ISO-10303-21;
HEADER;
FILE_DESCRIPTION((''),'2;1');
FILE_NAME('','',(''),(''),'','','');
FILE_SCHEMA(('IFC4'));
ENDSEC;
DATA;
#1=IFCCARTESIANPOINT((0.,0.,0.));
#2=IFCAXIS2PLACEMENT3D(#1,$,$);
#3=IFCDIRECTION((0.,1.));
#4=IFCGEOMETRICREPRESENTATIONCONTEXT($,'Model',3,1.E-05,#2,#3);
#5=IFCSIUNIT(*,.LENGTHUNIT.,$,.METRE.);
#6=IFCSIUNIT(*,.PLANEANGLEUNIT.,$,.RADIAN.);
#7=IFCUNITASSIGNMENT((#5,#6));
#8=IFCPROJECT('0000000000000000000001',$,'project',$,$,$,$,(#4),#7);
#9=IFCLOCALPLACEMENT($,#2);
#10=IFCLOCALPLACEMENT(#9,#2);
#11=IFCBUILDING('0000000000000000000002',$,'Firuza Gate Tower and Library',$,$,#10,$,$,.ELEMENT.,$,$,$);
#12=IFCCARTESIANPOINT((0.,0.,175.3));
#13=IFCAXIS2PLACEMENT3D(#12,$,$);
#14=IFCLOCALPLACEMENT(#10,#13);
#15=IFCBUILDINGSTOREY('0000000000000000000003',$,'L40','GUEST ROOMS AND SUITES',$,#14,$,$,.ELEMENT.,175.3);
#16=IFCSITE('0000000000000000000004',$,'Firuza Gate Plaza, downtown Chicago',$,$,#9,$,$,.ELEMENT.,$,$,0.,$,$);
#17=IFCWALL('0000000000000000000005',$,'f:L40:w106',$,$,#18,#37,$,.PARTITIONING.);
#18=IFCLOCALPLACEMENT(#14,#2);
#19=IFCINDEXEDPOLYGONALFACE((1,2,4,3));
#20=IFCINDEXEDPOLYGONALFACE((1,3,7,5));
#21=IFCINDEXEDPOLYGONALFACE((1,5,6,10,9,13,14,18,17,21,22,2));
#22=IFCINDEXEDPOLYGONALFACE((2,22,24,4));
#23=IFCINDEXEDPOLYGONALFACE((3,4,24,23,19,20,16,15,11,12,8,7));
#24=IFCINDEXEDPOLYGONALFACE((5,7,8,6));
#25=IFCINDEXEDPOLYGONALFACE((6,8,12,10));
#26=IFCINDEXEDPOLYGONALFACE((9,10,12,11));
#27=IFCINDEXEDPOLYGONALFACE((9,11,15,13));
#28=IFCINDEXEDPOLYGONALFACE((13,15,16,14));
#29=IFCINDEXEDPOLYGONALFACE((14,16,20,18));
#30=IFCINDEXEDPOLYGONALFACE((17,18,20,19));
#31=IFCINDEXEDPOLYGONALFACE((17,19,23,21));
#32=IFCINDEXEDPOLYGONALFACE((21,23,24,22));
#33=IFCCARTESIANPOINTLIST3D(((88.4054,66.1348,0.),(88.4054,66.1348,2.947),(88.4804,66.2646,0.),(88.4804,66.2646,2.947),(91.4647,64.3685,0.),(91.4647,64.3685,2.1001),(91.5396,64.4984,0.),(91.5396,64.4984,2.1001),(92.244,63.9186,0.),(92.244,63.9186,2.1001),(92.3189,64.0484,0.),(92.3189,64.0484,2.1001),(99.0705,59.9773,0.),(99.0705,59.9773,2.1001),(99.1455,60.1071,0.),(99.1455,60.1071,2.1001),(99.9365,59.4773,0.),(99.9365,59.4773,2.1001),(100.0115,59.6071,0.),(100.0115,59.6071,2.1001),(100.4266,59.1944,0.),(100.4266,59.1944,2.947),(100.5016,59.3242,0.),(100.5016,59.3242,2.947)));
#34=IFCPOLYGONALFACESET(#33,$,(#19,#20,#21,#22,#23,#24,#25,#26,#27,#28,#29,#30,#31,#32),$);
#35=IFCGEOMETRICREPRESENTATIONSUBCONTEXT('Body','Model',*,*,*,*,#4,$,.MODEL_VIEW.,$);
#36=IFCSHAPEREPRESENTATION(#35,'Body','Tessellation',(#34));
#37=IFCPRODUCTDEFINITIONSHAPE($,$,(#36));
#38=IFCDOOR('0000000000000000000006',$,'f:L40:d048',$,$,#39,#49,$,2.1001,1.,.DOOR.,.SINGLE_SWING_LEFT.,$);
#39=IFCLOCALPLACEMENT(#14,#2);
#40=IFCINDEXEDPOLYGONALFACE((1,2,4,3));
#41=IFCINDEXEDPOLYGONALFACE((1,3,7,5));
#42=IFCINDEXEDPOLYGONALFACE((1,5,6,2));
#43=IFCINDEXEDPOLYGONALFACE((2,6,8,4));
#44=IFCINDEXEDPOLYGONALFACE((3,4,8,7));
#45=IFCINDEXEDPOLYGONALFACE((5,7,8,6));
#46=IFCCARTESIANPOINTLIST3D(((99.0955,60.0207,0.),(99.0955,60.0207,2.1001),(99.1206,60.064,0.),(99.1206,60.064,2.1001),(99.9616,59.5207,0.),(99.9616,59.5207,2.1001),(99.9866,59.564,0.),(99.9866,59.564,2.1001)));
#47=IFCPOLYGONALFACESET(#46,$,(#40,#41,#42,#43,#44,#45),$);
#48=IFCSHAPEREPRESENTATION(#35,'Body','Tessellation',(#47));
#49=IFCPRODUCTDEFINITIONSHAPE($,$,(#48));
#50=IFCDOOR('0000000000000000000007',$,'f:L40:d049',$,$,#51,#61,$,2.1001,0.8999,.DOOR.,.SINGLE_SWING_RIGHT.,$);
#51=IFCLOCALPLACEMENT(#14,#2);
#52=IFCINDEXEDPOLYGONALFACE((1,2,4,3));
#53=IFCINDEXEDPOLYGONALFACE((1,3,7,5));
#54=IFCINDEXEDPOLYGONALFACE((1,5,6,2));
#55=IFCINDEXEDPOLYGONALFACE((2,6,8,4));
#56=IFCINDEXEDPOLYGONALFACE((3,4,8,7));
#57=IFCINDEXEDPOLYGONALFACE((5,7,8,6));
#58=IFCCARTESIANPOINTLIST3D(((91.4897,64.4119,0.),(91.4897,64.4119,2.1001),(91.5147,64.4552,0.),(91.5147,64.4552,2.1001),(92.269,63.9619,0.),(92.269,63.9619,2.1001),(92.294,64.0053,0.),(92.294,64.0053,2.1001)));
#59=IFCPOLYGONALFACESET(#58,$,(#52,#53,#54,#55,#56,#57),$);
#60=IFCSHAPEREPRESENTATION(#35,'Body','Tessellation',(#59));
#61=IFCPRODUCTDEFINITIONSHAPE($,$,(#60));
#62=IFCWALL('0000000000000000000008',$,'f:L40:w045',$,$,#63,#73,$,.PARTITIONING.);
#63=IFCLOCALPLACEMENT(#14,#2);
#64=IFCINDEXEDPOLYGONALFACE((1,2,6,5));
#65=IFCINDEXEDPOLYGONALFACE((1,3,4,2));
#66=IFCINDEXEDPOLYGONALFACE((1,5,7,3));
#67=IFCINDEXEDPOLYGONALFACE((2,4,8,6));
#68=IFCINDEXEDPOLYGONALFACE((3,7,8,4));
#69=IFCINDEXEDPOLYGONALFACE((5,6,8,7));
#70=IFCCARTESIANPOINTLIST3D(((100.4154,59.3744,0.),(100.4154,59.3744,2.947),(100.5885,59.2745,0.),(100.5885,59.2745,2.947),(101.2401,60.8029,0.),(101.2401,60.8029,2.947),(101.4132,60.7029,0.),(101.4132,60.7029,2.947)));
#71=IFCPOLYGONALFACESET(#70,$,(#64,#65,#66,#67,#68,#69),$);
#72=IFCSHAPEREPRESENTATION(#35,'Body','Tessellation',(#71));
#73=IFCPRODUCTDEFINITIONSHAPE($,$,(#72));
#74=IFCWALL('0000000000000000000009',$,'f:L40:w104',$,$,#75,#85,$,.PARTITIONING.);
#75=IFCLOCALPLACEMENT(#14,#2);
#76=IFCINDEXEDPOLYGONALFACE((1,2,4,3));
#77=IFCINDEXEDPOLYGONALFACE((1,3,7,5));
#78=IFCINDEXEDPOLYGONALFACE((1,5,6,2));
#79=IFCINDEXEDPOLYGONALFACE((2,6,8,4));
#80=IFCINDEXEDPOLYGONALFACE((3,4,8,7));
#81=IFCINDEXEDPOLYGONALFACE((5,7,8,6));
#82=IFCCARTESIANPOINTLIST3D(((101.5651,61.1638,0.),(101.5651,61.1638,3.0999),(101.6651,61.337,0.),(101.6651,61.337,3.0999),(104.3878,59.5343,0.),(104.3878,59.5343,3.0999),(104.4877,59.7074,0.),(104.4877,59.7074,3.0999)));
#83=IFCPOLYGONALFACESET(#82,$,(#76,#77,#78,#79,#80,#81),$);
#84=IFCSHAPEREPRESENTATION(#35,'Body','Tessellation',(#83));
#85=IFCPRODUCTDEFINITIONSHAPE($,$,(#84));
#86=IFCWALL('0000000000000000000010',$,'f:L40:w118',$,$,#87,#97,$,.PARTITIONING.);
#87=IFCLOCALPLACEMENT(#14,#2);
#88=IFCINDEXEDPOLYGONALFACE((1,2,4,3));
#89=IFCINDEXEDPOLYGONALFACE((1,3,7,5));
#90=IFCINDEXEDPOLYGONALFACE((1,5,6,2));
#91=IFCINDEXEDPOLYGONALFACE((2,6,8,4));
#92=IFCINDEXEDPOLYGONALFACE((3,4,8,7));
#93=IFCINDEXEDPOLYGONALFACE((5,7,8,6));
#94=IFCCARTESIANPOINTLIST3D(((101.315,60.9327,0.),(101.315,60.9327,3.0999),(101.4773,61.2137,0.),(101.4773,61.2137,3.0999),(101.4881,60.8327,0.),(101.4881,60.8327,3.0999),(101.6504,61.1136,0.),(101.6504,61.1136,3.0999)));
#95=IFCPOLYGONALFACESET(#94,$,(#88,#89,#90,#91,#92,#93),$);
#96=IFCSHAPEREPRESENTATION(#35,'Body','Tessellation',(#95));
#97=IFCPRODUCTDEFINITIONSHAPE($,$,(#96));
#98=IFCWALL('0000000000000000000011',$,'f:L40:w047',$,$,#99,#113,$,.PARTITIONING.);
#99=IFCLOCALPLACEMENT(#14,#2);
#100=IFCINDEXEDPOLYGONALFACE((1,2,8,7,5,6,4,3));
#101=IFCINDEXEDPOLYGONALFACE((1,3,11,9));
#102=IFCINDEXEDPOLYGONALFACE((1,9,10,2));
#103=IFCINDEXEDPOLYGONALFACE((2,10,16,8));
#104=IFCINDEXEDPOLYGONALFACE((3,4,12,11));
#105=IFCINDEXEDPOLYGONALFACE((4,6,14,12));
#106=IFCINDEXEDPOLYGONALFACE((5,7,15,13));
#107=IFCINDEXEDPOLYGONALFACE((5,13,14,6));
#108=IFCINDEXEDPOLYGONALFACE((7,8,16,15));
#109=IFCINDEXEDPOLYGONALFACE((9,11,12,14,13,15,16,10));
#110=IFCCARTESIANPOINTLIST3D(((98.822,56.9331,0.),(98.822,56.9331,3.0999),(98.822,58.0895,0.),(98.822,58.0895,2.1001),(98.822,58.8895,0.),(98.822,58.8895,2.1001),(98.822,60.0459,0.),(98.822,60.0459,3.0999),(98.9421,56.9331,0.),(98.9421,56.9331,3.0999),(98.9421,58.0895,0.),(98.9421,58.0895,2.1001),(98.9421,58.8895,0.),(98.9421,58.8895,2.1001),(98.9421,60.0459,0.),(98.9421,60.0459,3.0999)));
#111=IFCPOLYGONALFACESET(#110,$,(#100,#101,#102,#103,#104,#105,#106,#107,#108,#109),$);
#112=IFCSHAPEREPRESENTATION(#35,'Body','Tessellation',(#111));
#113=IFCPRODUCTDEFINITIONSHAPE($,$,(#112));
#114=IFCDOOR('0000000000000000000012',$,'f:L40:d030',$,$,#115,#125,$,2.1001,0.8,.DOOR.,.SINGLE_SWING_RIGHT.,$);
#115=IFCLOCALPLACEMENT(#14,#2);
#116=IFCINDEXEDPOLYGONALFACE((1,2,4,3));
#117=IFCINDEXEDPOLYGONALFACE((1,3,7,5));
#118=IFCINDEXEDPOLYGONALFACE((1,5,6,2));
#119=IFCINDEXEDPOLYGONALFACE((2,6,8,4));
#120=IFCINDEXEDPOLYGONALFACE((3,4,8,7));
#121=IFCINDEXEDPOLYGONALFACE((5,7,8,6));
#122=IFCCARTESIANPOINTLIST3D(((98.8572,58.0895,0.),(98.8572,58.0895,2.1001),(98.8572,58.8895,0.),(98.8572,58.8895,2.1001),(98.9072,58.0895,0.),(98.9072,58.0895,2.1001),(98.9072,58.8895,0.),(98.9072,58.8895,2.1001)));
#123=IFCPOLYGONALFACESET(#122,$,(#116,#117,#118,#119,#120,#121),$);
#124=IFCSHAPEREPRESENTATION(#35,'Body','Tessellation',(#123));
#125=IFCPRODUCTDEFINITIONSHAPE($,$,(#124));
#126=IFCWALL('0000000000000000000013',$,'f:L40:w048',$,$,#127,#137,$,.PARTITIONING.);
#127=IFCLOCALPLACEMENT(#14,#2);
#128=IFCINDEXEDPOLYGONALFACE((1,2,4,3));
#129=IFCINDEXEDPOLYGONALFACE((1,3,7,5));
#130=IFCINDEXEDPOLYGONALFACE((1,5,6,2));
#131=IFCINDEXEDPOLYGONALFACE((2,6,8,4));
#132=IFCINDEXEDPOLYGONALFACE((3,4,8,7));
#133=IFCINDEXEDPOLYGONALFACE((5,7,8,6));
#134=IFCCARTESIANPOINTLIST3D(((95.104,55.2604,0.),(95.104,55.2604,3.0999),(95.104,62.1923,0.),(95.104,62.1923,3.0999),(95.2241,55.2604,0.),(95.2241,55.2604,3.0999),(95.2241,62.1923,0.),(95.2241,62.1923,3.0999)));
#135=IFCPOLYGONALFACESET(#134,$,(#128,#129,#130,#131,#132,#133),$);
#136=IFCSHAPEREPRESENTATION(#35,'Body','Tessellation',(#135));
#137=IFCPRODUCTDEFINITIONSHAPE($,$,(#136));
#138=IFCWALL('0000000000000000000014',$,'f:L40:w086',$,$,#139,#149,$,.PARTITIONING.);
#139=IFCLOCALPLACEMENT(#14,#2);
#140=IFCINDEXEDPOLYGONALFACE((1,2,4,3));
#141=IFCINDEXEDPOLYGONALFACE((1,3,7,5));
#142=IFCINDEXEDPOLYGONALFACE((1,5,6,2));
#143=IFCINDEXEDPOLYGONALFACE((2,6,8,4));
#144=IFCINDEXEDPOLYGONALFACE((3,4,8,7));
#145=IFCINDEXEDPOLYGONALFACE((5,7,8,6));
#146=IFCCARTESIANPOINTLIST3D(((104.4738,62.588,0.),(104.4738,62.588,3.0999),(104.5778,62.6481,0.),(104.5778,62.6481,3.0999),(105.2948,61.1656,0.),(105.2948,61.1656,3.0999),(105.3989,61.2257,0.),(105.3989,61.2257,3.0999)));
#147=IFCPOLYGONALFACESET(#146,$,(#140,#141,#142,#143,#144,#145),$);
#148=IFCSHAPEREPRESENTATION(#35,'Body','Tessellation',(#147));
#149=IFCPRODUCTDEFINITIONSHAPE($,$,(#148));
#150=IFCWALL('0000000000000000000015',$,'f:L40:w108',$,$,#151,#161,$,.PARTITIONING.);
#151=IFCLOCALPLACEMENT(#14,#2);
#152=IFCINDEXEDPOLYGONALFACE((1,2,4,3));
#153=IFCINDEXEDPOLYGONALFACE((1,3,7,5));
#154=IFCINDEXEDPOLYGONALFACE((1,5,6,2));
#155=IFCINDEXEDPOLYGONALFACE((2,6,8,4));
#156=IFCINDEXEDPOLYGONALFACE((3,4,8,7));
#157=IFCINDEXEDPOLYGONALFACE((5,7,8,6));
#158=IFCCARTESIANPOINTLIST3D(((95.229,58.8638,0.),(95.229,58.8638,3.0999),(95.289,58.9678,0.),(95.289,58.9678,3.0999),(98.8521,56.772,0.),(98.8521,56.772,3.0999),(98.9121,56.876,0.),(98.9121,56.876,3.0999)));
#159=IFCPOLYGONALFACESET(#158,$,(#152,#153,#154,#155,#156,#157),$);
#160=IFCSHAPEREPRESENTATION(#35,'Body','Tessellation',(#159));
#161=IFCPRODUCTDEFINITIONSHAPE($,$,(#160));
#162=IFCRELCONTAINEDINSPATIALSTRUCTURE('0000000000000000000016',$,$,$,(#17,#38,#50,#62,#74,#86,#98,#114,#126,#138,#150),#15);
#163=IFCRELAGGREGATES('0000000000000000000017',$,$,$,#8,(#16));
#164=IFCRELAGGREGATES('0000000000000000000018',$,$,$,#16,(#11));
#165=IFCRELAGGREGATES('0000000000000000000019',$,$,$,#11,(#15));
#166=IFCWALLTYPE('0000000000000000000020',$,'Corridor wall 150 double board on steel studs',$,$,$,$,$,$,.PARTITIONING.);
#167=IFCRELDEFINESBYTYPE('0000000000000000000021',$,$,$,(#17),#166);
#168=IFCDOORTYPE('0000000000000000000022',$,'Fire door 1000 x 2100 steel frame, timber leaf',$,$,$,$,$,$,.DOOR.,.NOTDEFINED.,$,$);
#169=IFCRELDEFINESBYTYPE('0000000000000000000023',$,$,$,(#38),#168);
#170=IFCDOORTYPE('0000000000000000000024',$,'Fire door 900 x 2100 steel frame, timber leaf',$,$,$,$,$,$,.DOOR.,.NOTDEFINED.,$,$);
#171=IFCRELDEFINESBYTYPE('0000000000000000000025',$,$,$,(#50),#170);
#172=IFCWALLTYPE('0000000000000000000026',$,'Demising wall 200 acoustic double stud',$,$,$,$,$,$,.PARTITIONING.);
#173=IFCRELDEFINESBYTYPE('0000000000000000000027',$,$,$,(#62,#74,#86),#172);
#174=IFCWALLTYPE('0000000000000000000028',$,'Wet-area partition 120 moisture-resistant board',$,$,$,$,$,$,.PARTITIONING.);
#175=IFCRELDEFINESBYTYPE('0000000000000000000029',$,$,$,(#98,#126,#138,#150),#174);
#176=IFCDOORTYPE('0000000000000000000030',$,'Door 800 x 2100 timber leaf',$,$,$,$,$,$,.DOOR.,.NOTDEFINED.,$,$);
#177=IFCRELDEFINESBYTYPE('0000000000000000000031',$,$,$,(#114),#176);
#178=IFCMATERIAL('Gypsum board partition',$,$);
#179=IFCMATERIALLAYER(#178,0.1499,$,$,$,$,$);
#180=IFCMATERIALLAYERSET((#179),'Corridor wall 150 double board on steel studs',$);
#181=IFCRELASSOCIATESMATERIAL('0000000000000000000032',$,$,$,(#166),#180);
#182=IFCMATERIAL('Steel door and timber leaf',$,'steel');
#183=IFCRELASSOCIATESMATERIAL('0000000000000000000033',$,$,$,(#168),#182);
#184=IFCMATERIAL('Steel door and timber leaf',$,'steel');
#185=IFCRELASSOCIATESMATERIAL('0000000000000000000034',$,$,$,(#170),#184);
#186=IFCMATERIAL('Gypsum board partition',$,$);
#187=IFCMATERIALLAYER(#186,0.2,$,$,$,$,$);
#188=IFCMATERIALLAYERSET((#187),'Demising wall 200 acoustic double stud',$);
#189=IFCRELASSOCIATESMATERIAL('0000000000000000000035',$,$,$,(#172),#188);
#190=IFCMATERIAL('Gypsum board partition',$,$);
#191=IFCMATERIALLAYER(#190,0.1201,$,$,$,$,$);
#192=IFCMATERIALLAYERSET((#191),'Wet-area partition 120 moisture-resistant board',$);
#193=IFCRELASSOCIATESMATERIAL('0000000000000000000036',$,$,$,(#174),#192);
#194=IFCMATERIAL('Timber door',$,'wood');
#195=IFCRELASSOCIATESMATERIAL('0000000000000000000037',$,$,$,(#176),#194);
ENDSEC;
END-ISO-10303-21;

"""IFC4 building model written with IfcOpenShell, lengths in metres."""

from ifc_helpers import new_model, si_unit, direction, frame, frame_2d, origin, place, context, subcontext, project, spatial, rectangle, extrude, material, layer, layer_set, type_object, element, fill, save


model = new_model("IFC4")

# Units and contexts
model_context = context("Model", 3, precision=1e-05, world=origin(), true_north=direction((0.0, 1.0)))
body_context = subcontext(model_context, "Body", "Model", "MODEL_VIEW")
ifc_project = project(units=[si_unit("LENGTHUNIT", "METRE"), si_unit("PLANEANGLEUNIT", "RADIAN")], contexts=[model_context])

# Site, building, storey
site_placement = place(None, origin())
site = spatial("IfcSite", under=ifc_project, at=site_placement, Name="Firuza Gate Plaza, downtown Chicago", CompositionType="ELEMENT", RefElevation=0.0)
building_placement = place(site_placement, origin())
building = spatial("IfcBuilding", under=site, at=building_placement, Name="Firuza Gate Tower and Library", CompositionType="ELEMENT")
storey_placement = place(building_placement, frame((0.0, 0.0, 175.3)))
storey = spatial("IfcBuildingStorey", under=building, at=storey_placement, Name="L40", Description="GUEST ROOMS AND SUITES", CompositionType="ELEMENT", Elevation=175.3)

# Wall, openings, doors
ifc_material_1 = material(Name="Gypsum board partition")
ifc_layer_1 = layer(ifc_material_1, 0.1499)
ifc_layer_set_1 = layer_set([ifc_layer_1], Name="Corridor wall 150 double board on steel studs")
wall_type_1 = type_object("IfcWallType", Name="Corridor wall 150 double board on steel studs", PredefinedType="PARTITIONING", material=ifc_layer_set_1)
wall_1_placement = place(storey_placement, frame((100.4641, 59.2593, 0.0), z_axis=(0.0, 0.0, 1.0), x_axis=(-0.866027, 0.499998, 0.0)))
wall_1 = element("IfcWall", 1, at=wall_1_placement, inside=storey, type_object=wall_type_1, Name="f:L40:w106", PredefinedType="PARTITIONING", context=body_context, shape_type="SweptSolid", body=[
    extrude(rectangle(XDim=13.8809, YDim=0.1499, at=frame_2d((6.9404, 0.0))), origin(), (0.0, 0.0, 1.0), 2.947),
])
opening_1_placement = place(wall_1_placement, frame((0.5659, 0.0, 0.0)))
opening_1 = element("IfcOpeningElement", 2, at=opening_1_placement, cuts=wall_1, PredefinedType="OPENING", context=body_context, shape_type="SweptSolid", body=[
    extrude(rectangle(XDim=1.0, YDim=2.1001, at=frame_2d((0.5, 1.05))), frame((0.0, 0.085, 0.0), z_axis=(0.0, -1.0, 0.0), x_axis=(1.0, 0.0, 0.0)), (0.0, 0.0, 1.0), 0.1699),
])
opening_2_placement = place(wall_1_placement, frame((9.4485, 0.0, 0.0)))
opening_2 = element("IfcOpeningElement", 3, at=opening_2_placement, cuts=wall_1, PredefinedType="OPENING", context=body_context, shape_type="SweptSolid", body=[
    extrude(rectangle(XDim=0.8999, YDim=2.1001, at=frame_2d((0.45, 1.05))), frame((0.0, 0.085, 0.0), z_axis=(0.0, -1.0, 0.0), x_axis=(1.0, 0.0, 0.0)), (0.0, 0.0, 1.0), 0.1699),
])
ifc_material_2 = material(Name="Steel door and timber leaf", Category="steel")
door_type_1 = type_object("IfcDoorType", Name="Fire door 1000 x 2100 steel frame, timber leaf", OperationType="NOTDEFINED", PredefinedType="DOOR", material=ifc_material_2)
door_1_placement = place(opening_1_placement, origin())
door_1 = element("IfcDoor", 4, at=door_1_placement, inside=storey, type_object=door_type_1, Name="f:L40:d048", OperationType="SINGLE_SWING_LEFT", OverallHeight=2.1001, OverallWidth=1.0, PredefinedType="DOOR", context=body_context, shape_type="SweptSolid", body=[
    extrude(rectangle(XDim=1.0, YDim=2.1001, at=frame_2d((0.5, 1.05))), frame((0.0, 0.0249, 0.0), z_axis=(0.0, -1.0, 0.0), x_axis=(1.0, 0.0, 0.0)), (0.0, 0.0, 1.0), 0.05),
])
fill(opening_1, door_1)
ifc_material_3 = material(Name="Steel door and timber leaf", Category="steel")
door_type_2 = type_object("IfcDoorType", Name="Fire door 900 x 2100 steel frame, timber leaf", OperationType="NOTDEFINED", PredefinedType="DOOR", material=ifc_material_3)
door_2_placement = place(opening_2_placement, origin())
door_2 = element("IfcDoor", 5, at=door_2_placement, inside=storey, type_object=door_type_2, Name="f:L40:d049", OperationType="SINGLE_SWING_RIGHT", OverallHeight=2.1001, OverallWidth=0.8999, PredefinedType="DOOR", context=body_context, shape_type="SweptSolid", body=[
    extrude(rectangle(XDim=0.8999, YDim=2.1001, at=frame_2d((0.45, 1.05))), frame((0.0, 0.0249, 0.0), z_axis=(0.0, -1.0, 0.0), x_axis=(1.0, 0.0, 0.0)), (0.0, 0.0, 1.0), 0.05),
])
fill(opening_2, door_2)

# Walls
ifc_material_4 = material(Name="Gypsum board partition")
ifc_layer_2 = layer(ifc_material_4, 0.2)
ifc_layer_set_2 = layer_set([ifc_layer_2], Name="Demising wall 200 acoustic double stud")
wall_type_2 = type_object("IfcWallType", Name="Demising wall 200 acoustic double stud", PredefinedType="PARTITIONING", material=ifc_layer_set_2)
wall_2_placement = place(storey_placement, frame((100.502, 59.3245, 0.0), z_axis=(0.0, 0.0, 1.0), x_axis=(0.499992, 0.86603, 0.0)))
element("IfcWall", 6, at=wall_2_placement, inside=storey, type_object=wall_type_2, Name="f:L40:w045", PredefinedType="PARTITIONING", context=body_context, shape_type="SweptSolid", body=[
    extrude(rectangle(XDim=1.6494, YDim=0.2, at=frame_2d((0.8247, 0.0))), origin(), (0.0, 0.0, 1.0), 2.947),
])
wall_3_placement = place(storey_placement, frame((104.4377, 59.6208, 0.0), z_axis=(0.0, 0.0, 1.0), x_axis=(-0.866036, 0.499982, 0.0)))
element("IfcWall", 7, at=wall_3_placement, inside=storey, type_object=wall_type_2, Name="f:L40:w104", PredefinedType="PARTITIONING", context=body_context, shape_type="SweptSolid", body=[
    extrude(rectangle(XDim=3.2593, YDim=0.2, at=frame_2d((1.6296, 0.0))), origin(), (0.0, 0.0, 1.0), 3.0999),
])
wall_4_placement = place(storey_placement, frame((101.4016, 60.8828, 0.0), z_axis=(0.0, 0.0, 1.0), x_axis=(0.500265, 0.865872, 0.0)))
element("IfcWall", 8, at=wall_4_placement, inside=storey, type_object=wall_type_2, Name="f:L40:w118", PredefinedType="PARTITIONING", context=body_context, shape_type="SweptSolid", body=[
    extrude(rectangle(XDim=0.3245, YDim=0.2, at=frame_2d((0.1621, 0.0))), origin(), (0.0, 0.0, 1.0), 3.0999),
])

# Wall, opening, door
ifc_material_5 = material(Name="Gypsum board partition")
ifc_layer_3 = layer(ifc_material_5, 0.1201)
ifc_layer_set_3 = layer_set([ifc_layer_3], Name="Wet-area partition 120 moisture-resistant board")
wall_type_3 = type_object("IfcWallType", Name="Wet-area partition 120 moisture-resistant board", PredefinedType="PARTITIONING", material=ifc_layer_set_3)
wall_5_placement = place(storey_placement, frame((98.8821, 56.9331, 0.0), z_axis=(0.0, 0.0, 1.0), x_axis=(0.0, 1.0, 0.0)))
wall_5 = element("IfcWall", 9, at=wall_5_placement, inside=storey, type_object=wall_type_3, Name="f:L40:w047", PredefinedType="PARTITIONING", context=body_context, shape_type="SweptSolid", body=[
    extrude(rectangle(XDim=3.1128, YDim=0.1201, at=frame_2d((1.5564, 0.0))), origin(), (0.0, 0.0, 1.0), 3.0999),
])
opening_3_placement = place(wall_5_placement, frame((1.1565, 0.0, 0.0)))
opening_3 = element("IfcOpeningElement", 10, at=opening_3_placement, cuts=wall_5, PredefinedType="OPENING", context=body_context, shape_type="SweptSolid", body=[
    extrude(rectangle(XDim=0.8, YDim=2.1001, at=frame_2d((0.3999, 1.05))), frame((0.0, 0.0701, 0.0), z_axis=(0.0, -1.0, 0.0), x_axis=(1.0, 0.0, 0.0)), (0.0, 0.0, 1.0), 0.1401),
])
ifc_material_6 = material(Name="Timber door", Category="wood")
door_type_3 = type_object("IfcDoorType", Name="Door 800 x 2100 timber leaf", OperationType="NOTDEFINED", PredefinedType="DOOR", material=ifc_material_6)
door_3_placement = place(opening_3_placement, origin())
door_3 = element("IfcDoor", 11, at=door_3_placement, inside=storey, type_object=door_type_3, Name="f:L40:d030", OperationType="SINGLE_SWING_RIGHT", OverallHeight=2.1001, OverallWidth=0.8, PredefinedType="DOOR", context=body_context, shape_type="SweptSolid", body=[
    extrude(rectangle(XDim=0.8, YDim=2.1001, at=frame_2d((0.3999, 1.05))), frame((0.0, 0.0249, 0.0), z_axis=(0.0, -1.0, 0.0), x_axis=(1.0, 0.0, 0.0)), (0.0, 0.0, 1.0), 0.05),
])
fill(opening_3, door_3)

# Walls
wall_6_placement = place(storey_placement, frame((95.1641, 55.2605, 0.0), z_axis=(0.0, 0.0, 1.0), x_axis=(0.0, 1.0, 0.0)))
element("IfcWall", 12, at=wall_6_placement, inside=storey, type_object=wall_type_3, Name="f:L40:w048", PredefinedType="PARTITIONING", context=body_context, shape_type="SweptSolid", body=[
    extrude(rectangle(XDim=6.9319, YDim=0.1201, at=frame_2d((3.4658, 0.0))), origin(), (0.0, 0.0, 1.0), 3.0999),
])
wall_7_placement = place(storey_placement, frame((105.3469, 61.1956, 0.0), z_axis=(0.0, 0.0, 1.0), x_axis=(-0.499928, 0.866067, 0.0)))
element("IfcWall", 13, at=wall_7_placement, inside=storey, type_object=wall_type_3, Name="f:L40:w086", PredefinedType="PARTITIONING", context=body_context, shape_type="SweptSolid", body=[
    extrude(rectangle(XDim=1.6423, YDim=0.1201, at=frame_2d((0.8213, 0.0))), origin(), (0.0, 0.0, 1.0), 3.0999),
])
wall_8_placement = place(storey_placement, frame((98.8821, 56.824, 0.0), z_axis=(0.0, 0.0, 1.0), x_axis=(-0.866022, 0.500005, 0.0)))
element("IfcWall", 14, at=wall_8_placement, inside=storey, type_object=wall_type_3, Name="f:L40:w108", PredefinedType="PARTITIONING", context=body_context, shape_type="SweptSolid", body=[
    extrude(rectangle(XDim=4.1836, YDim=0.1201, at=frame_2d((2.0918, 0.0))), origin(), (0.0, 0.0, 1.0), 3.0999),
])

save(model, "model.ifc")
